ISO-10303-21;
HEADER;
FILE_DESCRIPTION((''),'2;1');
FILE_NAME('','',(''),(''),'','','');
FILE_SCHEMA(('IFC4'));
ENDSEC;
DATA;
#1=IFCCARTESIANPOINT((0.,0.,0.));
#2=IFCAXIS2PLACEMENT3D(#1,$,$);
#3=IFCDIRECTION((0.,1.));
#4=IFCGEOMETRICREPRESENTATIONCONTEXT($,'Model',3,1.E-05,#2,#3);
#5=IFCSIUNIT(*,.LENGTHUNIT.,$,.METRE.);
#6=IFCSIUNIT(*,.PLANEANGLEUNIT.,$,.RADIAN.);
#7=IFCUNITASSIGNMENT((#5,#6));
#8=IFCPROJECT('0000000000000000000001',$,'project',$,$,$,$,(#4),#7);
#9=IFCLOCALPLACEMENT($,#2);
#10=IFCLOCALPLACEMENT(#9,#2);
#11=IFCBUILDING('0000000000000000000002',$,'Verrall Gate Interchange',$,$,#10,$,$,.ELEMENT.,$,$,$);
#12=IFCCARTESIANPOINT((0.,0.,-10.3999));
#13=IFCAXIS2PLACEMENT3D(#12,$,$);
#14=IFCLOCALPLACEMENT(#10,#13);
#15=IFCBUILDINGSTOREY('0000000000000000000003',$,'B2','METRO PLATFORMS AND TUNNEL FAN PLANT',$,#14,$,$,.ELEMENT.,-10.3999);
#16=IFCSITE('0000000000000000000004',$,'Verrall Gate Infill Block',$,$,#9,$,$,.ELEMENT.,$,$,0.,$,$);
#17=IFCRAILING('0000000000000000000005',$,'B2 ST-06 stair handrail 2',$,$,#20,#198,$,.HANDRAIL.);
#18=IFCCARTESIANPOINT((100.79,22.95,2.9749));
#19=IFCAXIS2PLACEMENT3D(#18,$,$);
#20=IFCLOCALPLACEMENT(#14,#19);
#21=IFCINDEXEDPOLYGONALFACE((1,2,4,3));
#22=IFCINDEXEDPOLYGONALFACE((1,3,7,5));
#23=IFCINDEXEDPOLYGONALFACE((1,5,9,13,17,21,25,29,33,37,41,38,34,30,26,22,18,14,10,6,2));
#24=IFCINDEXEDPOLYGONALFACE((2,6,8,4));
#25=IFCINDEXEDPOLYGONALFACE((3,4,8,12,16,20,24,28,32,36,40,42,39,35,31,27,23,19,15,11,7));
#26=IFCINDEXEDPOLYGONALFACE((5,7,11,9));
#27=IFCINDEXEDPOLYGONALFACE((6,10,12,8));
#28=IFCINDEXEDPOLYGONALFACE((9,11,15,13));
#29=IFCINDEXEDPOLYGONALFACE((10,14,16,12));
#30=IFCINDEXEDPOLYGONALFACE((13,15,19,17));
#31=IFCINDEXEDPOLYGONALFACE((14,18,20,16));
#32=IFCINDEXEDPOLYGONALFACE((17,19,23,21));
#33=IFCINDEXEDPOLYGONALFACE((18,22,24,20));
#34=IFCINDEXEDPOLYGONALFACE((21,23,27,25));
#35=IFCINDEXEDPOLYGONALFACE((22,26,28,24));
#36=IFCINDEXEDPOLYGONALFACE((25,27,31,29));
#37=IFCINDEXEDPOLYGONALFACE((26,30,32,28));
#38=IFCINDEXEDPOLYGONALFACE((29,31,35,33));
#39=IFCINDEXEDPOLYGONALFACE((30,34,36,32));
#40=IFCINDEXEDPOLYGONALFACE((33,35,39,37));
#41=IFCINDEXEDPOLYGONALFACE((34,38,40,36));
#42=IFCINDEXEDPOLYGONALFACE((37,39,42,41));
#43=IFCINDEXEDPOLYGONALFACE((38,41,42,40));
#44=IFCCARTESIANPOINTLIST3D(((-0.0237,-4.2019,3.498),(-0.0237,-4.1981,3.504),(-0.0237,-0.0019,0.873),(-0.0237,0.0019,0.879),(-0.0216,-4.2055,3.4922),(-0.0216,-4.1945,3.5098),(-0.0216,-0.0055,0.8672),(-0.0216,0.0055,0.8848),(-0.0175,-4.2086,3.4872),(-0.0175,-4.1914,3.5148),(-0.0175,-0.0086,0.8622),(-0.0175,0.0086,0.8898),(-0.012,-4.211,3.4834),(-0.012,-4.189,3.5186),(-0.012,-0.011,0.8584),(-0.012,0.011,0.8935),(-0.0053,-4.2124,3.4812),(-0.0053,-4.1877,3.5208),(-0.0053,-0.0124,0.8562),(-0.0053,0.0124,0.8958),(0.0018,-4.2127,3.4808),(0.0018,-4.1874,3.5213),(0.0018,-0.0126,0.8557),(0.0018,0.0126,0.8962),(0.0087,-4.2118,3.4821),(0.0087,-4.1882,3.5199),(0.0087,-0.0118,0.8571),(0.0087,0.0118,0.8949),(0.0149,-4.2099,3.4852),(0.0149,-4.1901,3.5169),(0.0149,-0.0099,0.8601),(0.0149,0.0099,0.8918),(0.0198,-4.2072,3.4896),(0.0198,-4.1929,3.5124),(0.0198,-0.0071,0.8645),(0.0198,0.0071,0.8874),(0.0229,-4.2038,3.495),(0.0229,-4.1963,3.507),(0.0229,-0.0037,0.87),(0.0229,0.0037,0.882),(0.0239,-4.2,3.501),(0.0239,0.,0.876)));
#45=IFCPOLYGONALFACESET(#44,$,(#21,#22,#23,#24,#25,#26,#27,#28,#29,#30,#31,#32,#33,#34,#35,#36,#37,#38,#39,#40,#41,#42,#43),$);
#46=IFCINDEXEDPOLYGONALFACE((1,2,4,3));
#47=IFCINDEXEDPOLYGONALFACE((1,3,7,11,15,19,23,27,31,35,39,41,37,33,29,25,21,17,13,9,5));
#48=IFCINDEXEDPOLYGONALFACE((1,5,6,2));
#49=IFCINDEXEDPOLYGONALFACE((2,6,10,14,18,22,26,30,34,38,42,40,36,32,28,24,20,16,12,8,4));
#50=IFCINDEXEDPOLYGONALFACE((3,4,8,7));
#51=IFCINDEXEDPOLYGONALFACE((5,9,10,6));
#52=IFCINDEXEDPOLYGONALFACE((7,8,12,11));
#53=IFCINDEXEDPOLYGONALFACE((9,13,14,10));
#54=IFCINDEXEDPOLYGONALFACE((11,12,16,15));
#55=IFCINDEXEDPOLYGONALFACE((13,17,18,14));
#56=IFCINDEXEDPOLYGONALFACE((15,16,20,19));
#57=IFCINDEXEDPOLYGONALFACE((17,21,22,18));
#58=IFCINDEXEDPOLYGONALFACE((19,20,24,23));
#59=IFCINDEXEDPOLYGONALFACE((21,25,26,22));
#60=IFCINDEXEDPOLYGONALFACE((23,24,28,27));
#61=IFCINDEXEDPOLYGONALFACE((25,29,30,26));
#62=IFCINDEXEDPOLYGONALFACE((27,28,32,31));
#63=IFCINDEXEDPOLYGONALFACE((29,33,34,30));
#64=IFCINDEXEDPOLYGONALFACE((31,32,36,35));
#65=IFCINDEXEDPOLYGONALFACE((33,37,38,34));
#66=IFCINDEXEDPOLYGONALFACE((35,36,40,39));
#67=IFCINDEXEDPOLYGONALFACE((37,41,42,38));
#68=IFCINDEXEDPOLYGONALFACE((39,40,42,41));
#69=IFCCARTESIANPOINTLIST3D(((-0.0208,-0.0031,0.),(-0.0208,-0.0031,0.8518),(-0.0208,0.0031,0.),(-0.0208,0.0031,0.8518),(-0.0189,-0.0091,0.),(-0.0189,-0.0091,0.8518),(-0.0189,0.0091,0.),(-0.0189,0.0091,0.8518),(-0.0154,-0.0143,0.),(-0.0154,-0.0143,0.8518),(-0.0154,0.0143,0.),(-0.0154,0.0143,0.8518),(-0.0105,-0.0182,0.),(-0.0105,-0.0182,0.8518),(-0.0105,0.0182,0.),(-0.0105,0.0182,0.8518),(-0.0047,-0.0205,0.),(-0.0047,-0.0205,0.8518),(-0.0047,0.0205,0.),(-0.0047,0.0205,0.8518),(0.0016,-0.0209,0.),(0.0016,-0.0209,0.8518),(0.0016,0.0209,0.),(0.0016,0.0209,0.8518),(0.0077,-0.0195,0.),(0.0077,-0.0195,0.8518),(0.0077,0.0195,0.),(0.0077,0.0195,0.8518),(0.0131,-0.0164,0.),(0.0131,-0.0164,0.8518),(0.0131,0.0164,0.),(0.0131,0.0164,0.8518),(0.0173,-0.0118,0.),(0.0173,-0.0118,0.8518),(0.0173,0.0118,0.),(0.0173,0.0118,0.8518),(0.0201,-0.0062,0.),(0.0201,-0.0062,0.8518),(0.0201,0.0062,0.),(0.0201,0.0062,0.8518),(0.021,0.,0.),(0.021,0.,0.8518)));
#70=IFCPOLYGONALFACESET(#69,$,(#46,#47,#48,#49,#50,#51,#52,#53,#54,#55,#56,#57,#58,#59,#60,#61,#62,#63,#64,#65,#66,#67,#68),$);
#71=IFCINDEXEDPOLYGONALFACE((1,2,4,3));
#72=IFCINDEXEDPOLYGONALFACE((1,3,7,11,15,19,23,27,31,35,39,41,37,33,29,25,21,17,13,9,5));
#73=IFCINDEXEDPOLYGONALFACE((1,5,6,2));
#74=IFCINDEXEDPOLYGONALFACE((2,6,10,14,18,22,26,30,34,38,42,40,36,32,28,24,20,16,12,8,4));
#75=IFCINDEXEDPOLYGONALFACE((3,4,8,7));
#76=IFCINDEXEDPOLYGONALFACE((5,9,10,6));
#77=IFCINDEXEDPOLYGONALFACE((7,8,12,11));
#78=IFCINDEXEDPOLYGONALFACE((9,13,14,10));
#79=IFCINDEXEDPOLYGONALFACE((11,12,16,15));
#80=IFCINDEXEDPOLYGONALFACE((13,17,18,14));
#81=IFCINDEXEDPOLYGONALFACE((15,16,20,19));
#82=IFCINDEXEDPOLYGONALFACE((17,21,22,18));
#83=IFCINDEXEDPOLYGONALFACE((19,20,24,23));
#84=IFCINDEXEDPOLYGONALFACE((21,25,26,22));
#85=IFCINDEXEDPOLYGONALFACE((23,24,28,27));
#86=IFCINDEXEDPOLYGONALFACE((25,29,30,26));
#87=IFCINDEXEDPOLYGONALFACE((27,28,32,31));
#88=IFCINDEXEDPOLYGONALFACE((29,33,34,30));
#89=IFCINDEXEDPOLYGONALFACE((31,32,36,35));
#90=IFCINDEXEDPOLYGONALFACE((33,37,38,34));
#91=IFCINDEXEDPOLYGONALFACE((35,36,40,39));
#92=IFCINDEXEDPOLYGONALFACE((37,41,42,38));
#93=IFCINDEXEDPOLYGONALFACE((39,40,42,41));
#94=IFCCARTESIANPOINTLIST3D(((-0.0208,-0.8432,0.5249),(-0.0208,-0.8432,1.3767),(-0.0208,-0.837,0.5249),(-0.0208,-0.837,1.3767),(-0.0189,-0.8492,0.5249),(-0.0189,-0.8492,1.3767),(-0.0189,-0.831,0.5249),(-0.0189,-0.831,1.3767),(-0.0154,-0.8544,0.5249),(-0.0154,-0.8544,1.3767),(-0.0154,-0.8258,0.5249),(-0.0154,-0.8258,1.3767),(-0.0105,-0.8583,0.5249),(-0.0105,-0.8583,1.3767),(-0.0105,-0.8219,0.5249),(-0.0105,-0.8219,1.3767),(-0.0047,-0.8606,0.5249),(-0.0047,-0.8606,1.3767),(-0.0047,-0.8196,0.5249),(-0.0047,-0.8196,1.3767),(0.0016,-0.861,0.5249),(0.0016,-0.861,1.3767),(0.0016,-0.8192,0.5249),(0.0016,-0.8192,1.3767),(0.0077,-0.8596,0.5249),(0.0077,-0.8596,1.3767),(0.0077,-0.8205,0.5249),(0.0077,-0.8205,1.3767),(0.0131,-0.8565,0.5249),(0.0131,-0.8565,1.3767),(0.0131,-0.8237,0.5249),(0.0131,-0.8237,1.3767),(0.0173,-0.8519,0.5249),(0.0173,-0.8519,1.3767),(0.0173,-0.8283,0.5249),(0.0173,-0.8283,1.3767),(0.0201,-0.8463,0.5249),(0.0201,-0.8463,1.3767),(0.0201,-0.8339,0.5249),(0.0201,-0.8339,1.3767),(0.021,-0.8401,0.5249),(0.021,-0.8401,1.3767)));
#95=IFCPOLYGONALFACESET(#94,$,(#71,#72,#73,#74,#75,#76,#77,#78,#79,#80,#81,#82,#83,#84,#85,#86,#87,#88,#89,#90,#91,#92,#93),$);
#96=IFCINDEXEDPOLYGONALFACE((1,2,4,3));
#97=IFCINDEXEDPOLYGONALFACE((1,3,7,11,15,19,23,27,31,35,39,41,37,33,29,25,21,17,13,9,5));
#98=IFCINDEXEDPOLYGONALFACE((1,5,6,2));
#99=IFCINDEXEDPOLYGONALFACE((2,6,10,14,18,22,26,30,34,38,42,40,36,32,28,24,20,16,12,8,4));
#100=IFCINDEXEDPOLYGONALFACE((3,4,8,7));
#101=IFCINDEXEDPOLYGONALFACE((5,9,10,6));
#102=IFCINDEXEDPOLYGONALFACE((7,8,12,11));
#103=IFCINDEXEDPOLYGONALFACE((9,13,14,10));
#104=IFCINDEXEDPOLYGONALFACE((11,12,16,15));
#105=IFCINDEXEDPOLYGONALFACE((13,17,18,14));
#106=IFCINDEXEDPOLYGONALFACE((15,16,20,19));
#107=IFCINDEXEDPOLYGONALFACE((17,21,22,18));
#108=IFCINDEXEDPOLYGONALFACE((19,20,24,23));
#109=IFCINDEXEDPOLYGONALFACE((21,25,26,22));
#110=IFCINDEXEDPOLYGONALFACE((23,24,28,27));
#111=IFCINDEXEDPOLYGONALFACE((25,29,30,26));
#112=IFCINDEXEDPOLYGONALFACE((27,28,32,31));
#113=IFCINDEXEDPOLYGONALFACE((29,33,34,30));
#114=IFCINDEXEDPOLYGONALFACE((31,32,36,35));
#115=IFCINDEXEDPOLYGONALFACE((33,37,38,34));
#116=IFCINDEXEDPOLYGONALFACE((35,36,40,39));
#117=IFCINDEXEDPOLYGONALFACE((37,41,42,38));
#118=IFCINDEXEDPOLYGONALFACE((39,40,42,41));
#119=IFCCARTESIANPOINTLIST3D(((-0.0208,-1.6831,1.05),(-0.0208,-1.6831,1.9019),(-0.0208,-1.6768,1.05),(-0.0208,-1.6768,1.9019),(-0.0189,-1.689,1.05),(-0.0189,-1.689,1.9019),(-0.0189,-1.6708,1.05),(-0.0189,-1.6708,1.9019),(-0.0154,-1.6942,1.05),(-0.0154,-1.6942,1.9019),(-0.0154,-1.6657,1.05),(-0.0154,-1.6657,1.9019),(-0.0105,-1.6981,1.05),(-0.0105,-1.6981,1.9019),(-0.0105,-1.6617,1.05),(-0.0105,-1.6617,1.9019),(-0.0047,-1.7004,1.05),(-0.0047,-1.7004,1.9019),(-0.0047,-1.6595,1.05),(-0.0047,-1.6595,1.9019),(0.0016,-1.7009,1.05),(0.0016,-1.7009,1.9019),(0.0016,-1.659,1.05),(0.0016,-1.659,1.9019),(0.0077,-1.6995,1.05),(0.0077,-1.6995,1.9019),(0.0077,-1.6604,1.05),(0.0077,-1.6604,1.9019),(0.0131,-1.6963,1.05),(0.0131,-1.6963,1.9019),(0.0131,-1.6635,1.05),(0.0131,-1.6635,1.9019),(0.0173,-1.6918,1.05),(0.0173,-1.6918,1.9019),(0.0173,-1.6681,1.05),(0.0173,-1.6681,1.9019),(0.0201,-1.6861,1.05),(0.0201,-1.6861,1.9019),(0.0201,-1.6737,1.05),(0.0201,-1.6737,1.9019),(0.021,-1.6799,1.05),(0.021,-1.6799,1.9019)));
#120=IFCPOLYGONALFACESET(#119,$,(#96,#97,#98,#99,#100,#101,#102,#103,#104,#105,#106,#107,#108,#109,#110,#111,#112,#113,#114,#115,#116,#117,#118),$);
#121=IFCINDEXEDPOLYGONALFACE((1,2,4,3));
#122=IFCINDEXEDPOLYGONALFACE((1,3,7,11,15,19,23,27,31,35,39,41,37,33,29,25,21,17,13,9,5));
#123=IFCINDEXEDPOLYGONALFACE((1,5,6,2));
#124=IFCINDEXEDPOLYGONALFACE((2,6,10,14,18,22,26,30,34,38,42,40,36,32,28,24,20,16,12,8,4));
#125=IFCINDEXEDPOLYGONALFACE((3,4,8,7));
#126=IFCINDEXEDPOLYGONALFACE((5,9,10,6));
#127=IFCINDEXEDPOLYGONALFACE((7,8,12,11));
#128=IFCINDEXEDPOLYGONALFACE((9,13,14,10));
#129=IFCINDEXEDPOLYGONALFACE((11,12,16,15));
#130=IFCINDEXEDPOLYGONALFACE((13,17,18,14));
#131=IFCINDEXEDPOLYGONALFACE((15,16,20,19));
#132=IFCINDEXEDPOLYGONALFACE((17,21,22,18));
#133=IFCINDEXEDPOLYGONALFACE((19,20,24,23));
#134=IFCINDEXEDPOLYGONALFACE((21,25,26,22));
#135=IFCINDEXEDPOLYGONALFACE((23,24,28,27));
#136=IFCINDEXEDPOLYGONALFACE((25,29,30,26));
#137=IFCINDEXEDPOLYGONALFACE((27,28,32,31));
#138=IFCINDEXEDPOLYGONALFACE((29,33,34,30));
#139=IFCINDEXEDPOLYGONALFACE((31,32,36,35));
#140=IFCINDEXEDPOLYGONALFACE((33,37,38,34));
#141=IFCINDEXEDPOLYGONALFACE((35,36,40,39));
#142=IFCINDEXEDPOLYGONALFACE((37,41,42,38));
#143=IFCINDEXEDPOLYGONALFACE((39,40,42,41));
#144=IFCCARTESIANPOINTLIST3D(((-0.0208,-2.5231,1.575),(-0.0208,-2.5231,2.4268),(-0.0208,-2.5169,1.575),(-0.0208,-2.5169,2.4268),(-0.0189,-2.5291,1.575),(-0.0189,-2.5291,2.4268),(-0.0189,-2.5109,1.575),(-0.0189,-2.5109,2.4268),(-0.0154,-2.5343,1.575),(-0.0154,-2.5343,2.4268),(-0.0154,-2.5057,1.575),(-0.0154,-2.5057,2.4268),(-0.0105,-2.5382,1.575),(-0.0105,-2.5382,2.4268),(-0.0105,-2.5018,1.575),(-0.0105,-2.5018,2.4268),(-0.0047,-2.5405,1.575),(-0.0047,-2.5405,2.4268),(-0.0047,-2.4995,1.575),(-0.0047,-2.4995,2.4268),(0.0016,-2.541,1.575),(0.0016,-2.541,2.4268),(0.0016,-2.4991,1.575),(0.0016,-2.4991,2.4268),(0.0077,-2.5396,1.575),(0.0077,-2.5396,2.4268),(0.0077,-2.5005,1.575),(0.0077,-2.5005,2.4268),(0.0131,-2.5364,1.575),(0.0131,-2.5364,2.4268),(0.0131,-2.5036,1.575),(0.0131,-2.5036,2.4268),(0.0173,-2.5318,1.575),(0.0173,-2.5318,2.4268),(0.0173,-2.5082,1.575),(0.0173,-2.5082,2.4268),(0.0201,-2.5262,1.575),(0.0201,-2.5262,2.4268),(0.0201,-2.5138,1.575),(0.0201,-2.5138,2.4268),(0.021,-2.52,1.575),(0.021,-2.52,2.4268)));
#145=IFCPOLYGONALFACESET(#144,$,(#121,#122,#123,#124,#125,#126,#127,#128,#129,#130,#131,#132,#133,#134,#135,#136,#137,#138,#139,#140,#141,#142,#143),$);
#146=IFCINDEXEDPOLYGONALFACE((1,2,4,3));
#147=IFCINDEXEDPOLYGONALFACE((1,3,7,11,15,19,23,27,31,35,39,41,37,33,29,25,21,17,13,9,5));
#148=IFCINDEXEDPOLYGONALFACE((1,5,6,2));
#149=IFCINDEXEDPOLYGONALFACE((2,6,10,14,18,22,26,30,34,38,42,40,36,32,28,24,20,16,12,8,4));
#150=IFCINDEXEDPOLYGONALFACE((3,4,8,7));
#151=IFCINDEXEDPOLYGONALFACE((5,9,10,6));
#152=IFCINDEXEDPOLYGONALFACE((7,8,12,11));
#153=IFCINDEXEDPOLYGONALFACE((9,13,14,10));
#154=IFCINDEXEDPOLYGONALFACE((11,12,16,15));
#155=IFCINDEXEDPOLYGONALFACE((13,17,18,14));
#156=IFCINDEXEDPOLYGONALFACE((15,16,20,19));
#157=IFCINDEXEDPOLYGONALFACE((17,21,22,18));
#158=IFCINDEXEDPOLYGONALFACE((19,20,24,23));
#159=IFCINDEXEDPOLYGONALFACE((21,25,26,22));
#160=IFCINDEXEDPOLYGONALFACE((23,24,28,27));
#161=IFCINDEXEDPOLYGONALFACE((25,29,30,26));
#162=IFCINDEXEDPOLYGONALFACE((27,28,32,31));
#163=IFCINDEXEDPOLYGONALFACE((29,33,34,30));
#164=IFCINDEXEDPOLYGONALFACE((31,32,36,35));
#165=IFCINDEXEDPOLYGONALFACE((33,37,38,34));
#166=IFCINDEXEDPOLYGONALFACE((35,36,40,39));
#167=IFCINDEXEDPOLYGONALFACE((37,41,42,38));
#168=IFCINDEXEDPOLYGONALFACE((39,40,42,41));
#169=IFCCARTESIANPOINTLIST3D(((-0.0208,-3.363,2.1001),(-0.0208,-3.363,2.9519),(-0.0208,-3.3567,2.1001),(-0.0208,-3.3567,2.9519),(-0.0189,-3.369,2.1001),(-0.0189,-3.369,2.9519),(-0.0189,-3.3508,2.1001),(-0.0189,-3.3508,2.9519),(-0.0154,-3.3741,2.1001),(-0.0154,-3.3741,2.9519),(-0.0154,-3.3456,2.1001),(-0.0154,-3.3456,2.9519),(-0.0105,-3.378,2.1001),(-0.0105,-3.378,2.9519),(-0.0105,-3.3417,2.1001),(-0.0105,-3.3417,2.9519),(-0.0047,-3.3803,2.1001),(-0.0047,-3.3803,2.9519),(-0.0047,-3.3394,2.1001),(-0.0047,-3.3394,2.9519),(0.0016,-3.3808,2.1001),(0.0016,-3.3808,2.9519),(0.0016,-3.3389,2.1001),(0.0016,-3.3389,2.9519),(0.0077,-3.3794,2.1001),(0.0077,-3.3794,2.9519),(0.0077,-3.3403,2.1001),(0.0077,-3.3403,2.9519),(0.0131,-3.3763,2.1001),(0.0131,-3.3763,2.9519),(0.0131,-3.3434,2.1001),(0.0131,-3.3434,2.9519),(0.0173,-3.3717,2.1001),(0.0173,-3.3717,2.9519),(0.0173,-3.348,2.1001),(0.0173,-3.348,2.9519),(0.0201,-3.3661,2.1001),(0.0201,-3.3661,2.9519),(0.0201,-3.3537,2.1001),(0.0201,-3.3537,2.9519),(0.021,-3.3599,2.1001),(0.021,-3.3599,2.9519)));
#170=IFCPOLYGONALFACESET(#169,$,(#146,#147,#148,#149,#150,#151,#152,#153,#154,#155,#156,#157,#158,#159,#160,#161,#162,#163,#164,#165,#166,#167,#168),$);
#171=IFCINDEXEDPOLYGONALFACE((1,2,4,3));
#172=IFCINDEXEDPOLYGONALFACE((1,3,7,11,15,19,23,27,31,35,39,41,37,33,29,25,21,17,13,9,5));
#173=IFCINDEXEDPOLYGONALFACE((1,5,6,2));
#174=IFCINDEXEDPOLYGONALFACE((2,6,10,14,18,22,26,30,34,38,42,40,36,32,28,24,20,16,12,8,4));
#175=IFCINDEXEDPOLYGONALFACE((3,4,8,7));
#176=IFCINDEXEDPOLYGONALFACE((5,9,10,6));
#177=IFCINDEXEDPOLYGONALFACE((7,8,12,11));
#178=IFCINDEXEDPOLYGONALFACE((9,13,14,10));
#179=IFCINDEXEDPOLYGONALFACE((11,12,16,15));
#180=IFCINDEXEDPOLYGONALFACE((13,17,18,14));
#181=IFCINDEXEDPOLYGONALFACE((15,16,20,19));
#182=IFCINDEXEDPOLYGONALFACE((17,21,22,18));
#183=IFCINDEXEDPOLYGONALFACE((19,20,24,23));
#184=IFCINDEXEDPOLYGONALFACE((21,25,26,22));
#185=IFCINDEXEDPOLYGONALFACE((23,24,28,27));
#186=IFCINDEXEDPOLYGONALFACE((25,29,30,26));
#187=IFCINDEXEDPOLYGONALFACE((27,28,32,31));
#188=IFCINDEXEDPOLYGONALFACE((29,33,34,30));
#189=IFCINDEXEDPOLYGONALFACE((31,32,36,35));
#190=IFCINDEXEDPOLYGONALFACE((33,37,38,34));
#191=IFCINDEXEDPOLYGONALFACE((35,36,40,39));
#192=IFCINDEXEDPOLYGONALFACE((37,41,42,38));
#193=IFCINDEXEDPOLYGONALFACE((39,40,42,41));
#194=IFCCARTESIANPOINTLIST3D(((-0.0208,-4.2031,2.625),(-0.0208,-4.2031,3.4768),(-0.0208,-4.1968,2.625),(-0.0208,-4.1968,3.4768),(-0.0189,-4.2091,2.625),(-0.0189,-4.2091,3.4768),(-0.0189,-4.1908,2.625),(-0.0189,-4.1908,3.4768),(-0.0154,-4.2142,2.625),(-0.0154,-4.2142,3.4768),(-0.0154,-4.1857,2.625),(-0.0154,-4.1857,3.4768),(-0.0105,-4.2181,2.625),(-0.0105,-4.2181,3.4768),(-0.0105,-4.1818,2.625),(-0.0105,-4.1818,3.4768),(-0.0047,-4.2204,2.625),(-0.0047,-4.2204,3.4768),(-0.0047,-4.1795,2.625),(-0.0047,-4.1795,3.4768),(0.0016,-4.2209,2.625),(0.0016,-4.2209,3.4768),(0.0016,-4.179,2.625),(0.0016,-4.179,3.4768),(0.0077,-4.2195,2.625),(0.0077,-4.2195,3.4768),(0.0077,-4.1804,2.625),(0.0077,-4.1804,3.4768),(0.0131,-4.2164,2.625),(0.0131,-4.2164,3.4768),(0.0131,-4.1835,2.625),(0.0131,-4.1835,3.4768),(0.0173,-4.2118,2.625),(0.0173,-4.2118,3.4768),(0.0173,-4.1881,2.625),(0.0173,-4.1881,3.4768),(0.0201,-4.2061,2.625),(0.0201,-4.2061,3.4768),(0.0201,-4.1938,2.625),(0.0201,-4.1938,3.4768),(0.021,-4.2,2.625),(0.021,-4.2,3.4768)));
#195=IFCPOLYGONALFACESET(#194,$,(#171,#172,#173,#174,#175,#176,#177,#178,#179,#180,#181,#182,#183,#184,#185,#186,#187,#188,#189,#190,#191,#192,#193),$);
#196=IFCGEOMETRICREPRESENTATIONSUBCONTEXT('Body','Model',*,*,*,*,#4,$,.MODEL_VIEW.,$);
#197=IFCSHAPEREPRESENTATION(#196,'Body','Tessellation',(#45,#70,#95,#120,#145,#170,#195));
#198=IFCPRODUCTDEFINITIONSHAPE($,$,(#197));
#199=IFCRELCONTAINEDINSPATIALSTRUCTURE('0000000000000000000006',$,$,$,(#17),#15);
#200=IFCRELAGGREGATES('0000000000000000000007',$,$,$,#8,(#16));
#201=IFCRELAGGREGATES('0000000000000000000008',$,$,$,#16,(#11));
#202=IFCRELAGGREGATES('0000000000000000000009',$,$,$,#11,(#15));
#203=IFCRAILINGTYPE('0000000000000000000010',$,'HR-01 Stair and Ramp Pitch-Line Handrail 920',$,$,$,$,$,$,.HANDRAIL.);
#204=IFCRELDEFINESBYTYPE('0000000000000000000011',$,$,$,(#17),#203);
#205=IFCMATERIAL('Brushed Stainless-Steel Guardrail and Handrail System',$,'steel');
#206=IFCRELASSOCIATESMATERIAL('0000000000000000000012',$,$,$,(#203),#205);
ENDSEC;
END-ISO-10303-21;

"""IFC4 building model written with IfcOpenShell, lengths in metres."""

from ifc_helpers import new_model, si_unit, direction, frame, origin, origin_2d, place, context, subcontext, project, spatial, circle, extrude, material, type_object, element, save


model = new_model("IFC4")

# Units and contexts
model_context = context("Model", 3, precision=1e-05, world=origin(), true_north=direction((0.0, 1.0)))
body_context = subcontext(model_context, "Body", "Model", "MODEL_VIEW")
ifc_project = project(units=[si_unit("LENGTHUNIT", "METRE"), si_unit("PLANEANGLEUNIT", "RADIAN")], contexts=[model_context])

# Site, building, storey
site_placement = place(None, origin())
site = spatial("IfcSite", under=ifc_project, at=site_placement, Name="Verrall Gate Infill Block", CompositionType="ELEMENT", RefElevation=0.0)
building_placement = place(site_placement, origin())
building = spatial("IfcBuilding", under=site, at=building_placement, Name="Verrall Gate Interchange", CompositionType="ELEMENT")
storey_placement = place(building_placement, frame((0.0, 0.0, -10.3999)))
storey = spatial("IfcBuildingStorey", under=building, at=storey_placement, Name="B2", Description="METRO PLATFORMS AND TUNNEL FAN PLANT", CompositionType="ELEMENT", Elevation=-10.3999)

# Railing
ifc_material_1 = material(Name="Brushed Stainless-Steel Guardrail and Handrail System", Category="steel")
railing_type_1 = type_object("IfcRailingType", Name="HR-01 Stair and Ramp Pitch-Line Handrail 920", PredefinedType="HANDRAIL", material=ifc_material_1)
railing_1_placement = place(storey_placement, frame((100.79, 22.95, 2.9749)))
element("IfcRailing", 1, at=railing_1_placement, inside=storey, type_object=railing_type_1, Name="B2 ST-06 stair handrail 2", PredefinedType="HANDRAIL", context=body_context, shape_type="SweptSolid", body=[
    extrude(circle(Radius=0.0239, at=origin_2d()), frame((0.0, 0.0, 0.876), z_axis=(0.0, -0.847996, 0.530003), x_axis=(1.0, 0.0, 0.0)), (0.0, 0.0, 1.0), 4.9529),
    extrude(circle(Radius=0.021, at=origin_2d()), origin(), (0.0, 0.0, 1.0), 0.8518),
    extrude(circle(Radius=0.021, at=origin_2d()), frame((0.0, -0.8401, 0.5249)), (0.0, 0.0, 1.0), 0.8518),
    extrude(circle(Radius=0.021, at=origin_2d()), frame((0.0, -1.6799, 1.05)), (0.0, 0.0, 1.0), 0.8518),
    extrude(circle(Radius=0.021, at=origin_2d()), frame((0.0, -2.52, 1.575)), (0.0, 0.0, 1.0), 0.8518),
    extrude(circle(Radius=0.021, at=origin_2d()), frame((0.0, -3.3599, 2.1001)), (0.0, 0.0, 1.0), 0.8518),
    extrude(circle(Radius=0.021, at=origin_2d()), frame((0.0, -4.2, 2.625)), (0.0, 0.0, 1.0), 0.8518),
])

save(model, "model.ifc")
